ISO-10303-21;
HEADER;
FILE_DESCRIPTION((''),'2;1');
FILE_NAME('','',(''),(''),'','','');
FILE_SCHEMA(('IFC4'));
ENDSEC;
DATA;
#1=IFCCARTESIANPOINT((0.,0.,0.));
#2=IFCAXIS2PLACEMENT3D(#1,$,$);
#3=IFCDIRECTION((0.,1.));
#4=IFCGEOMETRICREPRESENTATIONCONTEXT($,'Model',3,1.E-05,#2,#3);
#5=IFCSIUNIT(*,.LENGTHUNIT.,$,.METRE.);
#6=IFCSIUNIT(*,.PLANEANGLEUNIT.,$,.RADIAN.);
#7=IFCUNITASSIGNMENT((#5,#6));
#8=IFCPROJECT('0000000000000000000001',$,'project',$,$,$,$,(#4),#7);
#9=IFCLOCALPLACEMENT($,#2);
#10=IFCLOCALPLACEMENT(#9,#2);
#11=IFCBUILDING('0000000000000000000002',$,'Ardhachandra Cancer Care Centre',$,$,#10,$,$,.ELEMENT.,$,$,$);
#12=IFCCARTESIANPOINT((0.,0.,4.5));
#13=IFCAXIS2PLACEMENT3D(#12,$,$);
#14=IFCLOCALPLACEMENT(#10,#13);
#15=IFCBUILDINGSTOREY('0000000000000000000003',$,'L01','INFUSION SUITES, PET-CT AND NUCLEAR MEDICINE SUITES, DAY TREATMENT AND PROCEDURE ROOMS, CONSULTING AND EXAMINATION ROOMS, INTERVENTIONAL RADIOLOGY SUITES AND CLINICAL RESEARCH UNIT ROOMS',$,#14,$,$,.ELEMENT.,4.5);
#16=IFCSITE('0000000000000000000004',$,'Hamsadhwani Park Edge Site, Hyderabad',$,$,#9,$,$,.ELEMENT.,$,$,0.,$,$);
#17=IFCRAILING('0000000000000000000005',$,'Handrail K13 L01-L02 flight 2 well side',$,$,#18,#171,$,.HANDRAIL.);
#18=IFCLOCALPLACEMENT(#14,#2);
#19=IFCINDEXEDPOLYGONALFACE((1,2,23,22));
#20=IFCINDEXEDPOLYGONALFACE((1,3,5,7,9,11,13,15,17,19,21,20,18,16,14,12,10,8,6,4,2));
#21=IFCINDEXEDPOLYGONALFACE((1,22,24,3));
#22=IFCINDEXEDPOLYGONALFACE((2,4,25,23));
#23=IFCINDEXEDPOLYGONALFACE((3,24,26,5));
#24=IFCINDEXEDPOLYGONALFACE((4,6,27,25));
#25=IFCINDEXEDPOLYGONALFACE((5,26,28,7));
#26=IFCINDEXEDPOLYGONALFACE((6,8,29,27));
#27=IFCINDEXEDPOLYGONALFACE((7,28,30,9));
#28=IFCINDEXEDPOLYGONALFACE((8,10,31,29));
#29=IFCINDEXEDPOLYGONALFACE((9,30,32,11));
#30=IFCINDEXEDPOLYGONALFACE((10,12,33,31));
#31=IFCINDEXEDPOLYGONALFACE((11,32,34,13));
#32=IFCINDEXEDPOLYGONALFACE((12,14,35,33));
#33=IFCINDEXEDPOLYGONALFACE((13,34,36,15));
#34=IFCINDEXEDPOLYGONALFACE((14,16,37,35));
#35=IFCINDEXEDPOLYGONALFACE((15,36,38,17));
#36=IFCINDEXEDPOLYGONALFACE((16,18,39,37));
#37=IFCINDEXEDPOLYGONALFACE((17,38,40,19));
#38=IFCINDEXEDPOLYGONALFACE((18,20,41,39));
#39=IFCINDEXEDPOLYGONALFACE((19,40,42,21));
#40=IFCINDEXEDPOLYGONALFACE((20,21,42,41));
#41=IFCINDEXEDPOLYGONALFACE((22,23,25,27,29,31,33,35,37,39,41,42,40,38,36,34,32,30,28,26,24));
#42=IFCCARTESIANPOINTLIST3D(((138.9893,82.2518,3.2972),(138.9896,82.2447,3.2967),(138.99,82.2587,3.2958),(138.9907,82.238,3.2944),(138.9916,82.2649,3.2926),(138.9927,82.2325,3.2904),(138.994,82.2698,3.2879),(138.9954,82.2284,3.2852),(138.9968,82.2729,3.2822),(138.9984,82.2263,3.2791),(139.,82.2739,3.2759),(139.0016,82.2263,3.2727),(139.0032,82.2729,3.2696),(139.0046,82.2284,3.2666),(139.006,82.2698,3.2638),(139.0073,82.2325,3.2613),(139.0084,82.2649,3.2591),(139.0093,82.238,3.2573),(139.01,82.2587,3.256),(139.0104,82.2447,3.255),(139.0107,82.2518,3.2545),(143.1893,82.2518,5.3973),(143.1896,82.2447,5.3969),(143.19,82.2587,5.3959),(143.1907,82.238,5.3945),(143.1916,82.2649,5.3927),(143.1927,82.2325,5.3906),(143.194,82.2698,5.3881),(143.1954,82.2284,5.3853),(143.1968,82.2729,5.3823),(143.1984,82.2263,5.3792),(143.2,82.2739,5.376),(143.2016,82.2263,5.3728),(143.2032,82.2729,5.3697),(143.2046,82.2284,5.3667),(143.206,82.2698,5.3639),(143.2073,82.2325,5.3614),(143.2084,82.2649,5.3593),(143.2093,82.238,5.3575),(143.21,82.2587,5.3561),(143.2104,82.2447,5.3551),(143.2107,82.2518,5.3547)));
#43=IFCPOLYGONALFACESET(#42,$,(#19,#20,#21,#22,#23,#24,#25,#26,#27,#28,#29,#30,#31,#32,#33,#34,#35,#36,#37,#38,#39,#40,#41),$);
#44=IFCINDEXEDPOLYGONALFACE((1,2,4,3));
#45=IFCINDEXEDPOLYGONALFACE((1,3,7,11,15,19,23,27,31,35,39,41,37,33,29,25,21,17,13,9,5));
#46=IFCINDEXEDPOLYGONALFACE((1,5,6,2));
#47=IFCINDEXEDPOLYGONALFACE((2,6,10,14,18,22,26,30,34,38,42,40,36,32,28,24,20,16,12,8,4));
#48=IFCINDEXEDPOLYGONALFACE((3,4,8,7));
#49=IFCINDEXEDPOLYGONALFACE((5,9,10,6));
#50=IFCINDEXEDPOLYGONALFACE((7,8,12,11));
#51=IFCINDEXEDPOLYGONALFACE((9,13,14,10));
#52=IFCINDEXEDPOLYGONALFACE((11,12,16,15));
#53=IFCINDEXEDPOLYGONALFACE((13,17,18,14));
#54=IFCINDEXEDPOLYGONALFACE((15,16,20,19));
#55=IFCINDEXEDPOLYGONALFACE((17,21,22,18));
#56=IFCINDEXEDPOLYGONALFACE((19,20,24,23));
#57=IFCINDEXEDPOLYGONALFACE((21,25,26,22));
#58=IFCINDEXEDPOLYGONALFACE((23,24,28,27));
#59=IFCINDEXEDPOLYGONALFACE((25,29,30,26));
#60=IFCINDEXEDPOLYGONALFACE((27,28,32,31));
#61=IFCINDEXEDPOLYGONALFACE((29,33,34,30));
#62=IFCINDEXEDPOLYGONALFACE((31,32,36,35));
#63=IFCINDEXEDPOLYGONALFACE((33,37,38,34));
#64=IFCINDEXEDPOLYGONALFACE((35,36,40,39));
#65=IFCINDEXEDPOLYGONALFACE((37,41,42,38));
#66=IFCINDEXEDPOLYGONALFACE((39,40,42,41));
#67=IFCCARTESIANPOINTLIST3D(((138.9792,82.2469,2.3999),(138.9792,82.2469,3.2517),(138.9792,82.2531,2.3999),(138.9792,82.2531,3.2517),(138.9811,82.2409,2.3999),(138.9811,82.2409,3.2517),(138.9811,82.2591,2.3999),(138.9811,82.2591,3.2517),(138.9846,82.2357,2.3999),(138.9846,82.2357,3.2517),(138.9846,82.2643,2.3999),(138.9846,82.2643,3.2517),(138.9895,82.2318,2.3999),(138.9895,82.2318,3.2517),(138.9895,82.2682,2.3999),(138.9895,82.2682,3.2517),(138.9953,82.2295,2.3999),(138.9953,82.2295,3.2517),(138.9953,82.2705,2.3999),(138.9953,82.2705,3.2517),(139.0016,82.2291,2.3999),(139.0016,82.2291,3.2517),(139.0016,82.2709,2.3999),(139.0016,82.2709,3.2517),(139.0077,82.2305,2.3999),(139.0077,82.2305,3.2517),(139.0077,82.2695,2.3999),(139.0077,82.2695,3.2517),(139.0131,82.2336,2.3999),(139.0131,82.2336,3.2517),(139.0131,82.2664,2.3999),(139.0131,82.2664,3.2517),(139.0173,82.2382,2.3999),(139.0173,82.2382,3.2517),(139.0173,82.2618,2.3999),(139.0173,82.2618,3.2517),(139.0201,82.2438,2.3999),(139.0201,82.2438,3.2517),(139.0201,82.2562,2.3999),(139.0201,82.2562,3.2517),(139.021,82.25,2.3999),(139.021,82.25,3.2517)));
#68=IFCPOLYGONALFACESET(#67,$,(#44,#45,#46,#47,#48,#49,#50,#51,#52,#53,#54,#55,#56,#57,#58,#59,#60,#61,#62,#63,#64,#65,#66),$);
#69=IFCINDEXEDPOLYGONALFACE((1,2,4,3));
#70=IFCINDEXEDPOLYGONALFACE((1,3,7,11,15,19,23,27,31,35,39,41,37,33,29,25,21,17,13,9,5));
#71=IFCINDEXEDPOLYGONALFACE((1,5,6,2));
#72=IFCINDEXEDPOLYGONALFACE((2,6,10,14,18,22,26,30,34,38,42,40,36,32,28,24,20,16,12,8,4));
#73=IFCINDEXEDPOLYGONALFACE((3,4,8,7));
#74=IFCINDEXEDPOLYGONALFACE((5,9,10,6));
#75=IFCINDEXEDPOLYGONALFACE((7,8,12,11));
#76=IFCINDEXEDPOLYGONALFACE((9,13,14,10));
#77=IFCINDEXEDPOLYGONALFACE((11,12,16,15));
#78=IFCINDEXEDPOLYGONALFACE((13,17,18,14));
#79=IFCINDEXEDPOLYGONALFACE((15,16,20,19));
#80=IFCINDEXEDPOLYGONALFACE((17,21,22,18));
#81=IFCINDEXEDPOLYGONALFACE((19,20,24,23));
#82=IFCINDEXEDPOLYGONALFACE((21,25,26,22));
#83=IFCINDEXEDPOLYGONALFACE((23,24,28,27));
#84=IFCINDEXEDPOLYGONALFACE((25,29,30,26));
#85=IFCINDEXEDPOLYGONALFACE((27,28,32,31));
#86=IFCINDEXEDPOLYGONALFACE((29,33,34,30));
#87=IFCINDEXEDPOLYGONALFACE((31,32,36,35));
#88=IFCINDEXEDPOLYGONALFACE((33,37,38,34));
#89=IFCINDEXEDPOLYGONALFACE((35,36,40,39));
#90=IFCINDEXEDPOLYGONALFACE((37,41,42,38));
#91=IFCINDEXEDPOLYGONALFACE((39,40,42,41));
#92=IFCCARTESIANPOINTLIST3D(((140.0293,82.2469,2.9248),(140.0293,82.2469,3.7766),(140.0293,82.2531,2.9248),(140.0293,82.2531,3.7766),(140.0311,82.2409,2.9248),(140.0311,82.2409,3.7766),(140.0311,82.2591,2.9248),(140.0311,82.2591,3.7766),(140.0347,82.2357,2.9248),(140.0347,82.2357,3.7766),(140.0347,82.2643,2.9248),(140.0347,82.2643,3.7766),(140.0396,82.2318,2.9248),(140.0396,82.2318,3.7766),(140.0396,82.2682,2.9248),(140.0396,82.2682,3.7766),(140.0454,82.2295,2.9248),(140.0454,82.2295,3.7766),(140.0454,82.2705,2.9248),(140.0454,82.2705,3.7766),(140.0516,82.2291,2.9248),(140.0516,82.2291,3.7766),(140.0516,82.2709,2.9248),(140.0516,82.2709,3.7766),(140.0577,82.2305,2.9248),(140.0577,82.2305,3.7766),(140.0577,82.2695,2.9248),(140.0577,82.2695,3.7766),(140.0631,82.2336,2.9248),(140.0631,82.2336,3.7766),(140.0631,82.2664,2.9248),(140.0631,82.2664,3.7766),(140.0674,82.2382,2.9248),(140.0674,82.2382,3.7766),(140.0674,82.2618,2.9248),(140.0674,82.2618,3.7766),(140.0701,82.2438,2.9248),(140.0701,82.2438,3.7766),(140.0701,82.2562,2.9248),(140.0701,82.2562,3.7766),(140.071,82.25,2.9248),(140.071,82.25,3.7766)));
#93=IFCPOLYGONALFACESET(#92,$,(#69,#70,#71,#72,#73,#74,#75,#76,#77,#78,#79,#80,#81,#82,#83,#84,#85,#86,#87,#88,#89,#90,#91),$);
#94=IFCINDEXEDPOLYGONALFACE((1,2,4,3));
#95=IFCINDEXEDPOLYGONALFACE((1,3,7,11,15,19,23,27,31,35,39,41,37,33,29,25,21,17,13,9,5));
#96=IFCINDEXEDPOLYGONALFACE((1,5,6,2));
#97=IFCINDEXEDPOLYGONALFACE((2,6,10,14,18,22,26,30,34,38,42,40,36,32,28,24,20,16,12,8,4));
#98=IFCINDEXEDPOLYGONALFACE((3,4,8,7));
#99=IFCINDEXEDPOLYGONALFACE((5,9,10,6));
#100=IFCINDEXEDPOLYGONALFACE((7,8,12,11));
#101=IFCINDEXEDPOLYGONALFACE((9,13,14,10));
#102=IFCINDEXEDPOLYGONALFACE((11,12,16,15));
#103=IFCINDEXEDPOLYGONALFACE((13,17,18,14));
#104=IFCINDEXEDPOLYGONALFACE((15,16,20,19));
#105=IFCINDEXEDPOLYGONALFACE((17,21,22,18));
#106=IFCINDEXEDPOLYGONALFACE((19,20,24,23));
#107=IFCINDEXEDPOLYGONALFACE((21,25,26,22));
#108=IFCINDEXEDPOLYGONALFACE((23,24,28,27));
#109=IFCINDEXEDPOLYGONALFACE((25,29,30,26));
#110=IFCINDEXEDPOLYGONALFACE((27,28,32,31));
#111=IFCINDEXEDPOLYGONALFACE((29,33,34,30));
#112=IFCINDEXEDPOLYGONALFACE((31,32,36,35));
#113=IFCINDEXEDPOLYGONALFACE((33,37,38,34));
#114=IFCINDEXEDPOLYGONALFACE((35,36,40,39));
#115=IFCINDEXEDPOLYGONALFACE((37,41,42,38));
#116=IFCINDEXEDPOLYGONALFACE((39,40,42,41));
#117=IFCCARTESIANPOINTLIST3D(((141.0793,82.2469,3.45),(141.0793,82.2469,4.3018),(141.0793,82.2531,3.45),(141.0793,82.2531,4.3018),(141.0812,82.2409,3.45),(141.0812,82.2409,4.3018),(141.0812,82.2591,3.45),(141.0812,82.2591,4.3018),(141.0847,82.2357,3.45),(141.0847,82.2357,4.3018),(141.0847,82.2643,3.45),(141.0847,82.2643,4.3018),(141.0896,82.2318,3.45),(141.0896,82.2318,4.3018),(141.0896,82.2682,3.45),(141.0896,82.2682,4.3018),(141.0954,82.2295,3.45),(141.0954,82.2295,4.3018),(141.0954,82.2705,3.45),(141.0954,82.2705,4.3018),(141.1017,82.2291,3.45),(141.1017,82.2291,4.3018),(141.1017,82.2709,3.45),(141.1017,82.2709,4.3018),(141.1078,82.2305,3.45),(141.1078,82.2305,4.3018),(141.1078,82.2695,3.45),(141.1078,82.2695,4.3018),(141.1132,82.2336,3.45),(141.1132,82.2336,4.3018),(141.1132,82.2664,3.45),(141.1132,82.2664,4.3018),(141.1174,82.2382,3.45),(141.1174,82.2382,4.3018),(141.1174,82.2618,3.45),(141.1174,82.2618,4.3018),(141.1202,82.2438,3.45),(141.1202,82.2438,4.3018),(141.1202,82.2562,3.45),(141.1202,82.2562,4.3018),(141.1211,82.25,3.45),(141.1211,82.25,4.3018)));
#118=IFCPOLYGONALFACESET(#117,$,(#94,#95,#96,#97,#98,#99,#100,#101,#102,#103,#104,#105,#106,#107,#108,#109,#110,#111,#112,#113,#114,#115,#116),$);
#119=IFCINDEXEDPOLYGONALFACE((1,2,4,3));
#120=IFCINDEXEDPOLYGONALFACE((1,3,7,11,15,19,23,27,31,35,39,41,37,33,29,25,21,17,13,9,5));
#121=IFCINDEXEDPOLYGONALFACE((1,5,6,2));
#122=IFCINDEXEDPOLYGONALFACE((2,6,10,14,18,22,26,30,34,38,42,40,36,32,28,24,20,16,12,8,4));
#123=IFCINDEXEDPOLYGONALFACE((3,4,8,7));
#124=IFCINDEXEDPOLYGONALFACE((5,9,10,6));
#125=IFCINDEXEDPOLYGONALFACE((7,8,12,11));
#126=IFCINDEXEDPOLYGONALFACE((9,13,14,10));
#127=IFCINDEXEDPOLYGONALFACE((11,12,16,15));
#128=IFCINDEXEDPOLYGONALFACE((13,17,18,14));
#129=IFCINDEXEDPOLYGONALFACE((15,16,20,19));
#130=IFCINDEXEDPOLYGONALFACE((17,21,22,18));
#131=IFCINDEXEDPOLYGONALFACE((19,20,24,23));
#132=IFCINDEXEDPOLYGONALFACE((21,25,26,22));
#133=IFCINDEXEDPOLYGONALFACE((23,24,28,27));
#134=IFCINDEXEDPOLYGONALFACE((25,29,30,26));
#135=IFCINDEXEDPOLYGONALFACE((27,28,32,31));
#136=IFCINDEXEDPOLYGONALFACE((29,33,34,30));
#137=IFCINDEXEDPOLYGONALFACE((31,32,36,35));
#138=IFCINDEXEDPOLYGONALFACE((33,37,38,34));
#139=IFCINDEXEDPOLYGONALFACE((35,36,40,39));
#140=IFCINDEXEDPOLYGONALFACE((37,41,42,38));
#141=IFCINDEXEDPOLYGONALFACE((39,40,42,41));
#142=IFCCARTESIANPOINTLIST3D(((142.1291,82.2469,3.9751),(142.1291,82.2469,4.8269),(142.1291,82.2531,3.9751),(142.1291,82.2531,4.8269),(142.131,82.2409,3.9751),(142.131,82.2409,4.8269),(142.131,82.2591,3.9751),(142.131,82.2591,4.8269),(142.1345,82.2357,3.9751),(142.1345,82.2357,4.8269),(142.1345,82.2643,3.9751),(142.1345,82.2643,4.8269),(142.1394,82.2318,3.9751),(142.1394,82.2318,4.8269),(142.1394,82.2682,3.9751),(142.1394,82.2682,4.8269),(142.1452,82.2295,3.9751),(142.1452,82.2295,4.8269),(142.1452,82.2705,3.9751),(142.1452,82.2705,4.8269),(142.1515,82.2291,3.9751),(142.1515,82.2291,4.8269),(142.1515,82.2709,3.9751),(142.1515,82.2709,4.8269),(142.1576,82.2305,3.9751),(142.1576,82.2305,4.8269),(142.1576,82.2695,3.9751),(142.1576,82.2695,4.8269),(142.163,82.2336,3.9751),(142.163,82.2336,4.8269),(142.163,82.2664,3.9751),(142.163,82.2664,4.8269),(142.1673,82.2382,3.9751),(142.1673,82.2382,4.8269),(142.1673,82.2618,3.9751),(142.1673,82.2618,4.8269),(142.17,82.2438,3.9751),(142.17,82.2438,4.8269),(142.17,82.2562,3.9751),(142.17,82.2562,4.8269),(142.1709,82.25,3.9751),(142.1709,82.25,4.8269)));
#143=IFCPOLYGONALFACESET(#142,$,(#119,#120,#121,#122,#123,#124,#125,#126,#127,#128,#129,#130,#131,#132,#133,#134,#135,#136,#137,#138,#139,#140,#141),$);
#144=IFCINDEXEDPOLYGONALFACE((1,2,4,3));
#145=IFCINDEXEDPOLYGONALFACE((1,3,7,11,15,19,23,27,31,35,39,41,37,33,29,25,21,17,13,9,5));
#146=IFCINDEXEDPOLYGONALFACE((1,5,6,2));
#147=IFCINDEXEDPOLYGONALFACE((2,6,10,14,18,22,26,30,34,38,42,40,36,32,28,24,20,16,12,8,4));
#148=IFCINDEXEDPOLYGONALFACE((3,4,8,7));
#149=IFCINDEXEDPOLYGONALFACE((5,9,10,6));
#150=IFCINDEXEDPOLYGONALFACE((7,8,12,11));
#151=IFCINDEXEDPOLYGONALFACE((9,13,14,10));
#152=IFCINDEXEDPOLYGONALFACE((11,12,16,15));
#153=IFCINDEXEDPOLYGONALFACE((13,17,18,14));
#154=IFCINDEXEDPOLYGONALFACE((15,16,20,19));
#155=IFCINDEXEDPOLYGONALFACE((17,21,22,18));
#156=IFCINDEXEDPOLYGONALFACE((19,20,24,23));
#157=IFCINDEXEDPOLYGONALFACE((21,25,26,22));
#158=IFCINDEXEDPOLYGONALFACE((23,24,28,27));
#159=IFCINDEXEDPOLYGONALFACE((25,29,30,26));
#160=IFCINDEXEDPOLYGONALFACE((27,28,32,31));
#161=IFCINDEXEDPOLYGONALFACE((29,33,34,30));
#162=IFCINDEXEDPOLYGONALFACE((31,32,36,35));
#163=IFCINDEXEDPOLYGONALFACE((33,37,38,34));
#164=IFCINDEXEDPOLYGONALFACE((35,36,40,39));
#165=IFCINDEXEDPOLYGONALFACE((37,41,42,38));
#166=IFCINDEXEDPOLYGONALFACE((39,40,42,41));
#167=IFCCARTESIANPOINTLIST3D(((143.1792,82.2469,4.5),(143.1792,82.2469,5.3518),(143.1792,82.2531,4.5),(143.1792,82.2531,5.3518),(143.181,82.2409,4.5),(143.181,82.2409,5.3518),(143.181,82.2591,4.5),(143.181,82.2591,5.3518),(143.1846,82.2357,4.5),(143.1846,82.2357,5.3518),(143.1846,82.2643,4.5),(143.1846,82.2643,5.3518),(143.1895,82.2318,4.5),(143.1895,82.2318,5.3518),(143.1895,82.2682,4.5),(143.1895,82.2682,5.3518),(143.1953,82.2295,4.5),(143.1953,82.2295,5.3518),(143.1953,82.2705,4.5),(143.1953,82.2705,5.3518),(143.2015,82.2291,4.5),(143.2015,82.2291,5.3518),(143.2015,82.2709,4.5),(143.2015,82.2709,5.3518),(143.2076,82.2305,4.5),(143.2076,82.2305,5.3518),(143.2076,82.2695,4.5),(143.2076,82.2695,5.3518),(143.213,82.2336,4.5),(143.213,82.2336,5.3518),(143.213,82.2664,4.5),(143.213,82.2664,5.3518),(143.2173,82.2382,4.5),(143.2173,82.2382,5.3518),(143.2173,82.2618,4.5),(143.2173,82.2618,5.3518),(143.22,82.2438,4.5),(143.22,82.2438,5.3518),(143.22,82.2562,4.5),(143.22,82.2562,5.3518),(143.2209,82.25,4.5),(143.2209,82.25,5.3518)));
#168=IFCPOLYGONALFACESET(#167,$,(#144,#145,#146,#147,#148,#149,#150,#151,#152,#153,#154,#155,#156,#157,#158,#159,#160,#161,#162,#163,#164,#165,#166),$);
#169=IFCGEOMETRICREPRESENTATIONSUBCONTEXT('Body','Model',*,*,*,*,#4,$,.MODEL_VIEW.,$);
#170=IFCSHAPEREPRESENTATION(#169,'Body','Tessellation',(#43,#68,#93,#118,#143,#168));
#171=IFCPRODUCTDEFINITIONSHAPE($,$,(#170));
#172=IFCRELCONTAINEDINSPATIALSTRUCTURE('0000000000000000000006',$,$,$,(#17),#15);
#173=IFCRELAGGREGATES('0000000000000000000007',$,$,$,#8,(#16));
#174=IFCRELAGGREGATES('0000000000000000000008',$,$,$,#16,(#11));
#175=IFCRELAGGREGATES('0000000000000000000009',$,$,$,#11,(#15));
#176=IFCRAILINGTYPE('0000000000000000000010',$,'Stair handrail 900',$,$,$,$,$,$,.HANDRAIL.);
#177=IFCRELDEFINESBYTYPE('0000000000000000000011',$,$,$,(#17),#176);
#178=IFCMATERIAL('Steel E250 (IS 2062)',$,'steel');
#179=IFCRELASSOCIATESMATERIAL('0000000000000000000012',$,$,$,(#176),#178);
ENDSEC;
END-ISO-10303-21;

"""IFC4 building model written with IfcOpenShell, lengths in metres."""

from ifc_helpers import new_model, si_unit, direction, frame, origin, origin_2d, place, context, subcontext, project, spatial, circle, extrude, material, type_object, element, save


model = new_model("IFC4")

# Units and contexts
model_context = context("Model", 3, precision=1e-05, world=origin(), true_north=direction((0.0, 1.0)))
body_context = subcontext(model_context, "Body", "Model", "MODEL_VIEW")
ifc_project = project(units=[si_unit("LENGTHUNIT", "METRE"), si_unit("PLANEANGLEUNIT", "RADIAN")], contexts=[model_context])

# Site, building, storey
site_placement = place(None, origin())
site = spatial("IfcSite", under=ifc_project, at=site_placement, Name="Hamsadhwani Park Edge Site, Hyderabad", CompositionType="ELEMENT", RefElevation=0.0)
building_placement = place(site_placement, origin())
building = spatial("IfcBuilding", under=site, at=building_placement, Name="Ardhachandra Cancer Care Centre", CompositionType="ELEMENT")
storey_placement = place(building_placement, frame((0.0, 0.0, 4.5)))
storey = spatial("IfcBuildingStorey", under=building, at=storey_placement, Name="L01", Description="INFUSION SUITES, PET-CT AND NUCLEAR MEDICINE SUITES, DAY TREATMENT AND PROCEDURE ROOMS, CONSULTING AND EXAMINATION ROOMS, INTERVENTIONAL RADIOLOGY SUITES AND CLINICAL RESEARCH UNIT ROOMS", CompositionType="ELEMENT", Elevation=4.5)

# Railing
ifc_material_1 = material(Name="Steel E250 (IS 2062)", Category="steel")
railing_type_1 = type_object("IfcRailingType", Name="Stair handrail 900", PredefinedType="HANDRAIL", material=ifc_material_1)
for number, where, name in (
    (1, (139.0, 82.25, 2.3999), "Handrail K13 L01-L02 flight 2 well side"),
):
    element("IfcRailing", number, at=place(storey_placement, frame(where)), inside=storey, type_object=railing_type_1, Name=name, PredefinedType="HANDRAIL", context=body_context, shape_type="SweptSolid", body=[
        extrude(circle(Radius=0.0239, at=origin_2d()), frame((0.0, 0.0, 0.876), z_axis=(0.894417, 0.0, 0.447234), x_axis=(0.0, 1.0, 0.0)), (0.0, 0.0, 1.0), 4.6958),
        extrude(circle(Radius=0.021, at=origin_2d()), origin(), (0.0, 0.0, 1.0), 0.8518),
        extrude(circle(Radius=0.021, at=origin_2d()), frame((1.05, 0.0, 0.5249)), (0.0, 0.0, 1.0), 0.8518),
        extrude(circle(Radius=0.021, at=origin_2d()), frame((2.1001, 0.0, 1.05)), (0.0, 0.0, 1.0), 0.8518),
        extrude(circle(Radius=0.021, at=origin_2d()), frame((3.1499, 0.0, 1.5752)), (0.0, 0.0, 1.0), 0.8518),
        extrude(circle(Radius=0.021, at=origin_2d()), frame((4.2, 0.0, 2.1001)), (0.0, 0.0, 1.0), 0.8518),
    ])

save(model, "model.ifc")
